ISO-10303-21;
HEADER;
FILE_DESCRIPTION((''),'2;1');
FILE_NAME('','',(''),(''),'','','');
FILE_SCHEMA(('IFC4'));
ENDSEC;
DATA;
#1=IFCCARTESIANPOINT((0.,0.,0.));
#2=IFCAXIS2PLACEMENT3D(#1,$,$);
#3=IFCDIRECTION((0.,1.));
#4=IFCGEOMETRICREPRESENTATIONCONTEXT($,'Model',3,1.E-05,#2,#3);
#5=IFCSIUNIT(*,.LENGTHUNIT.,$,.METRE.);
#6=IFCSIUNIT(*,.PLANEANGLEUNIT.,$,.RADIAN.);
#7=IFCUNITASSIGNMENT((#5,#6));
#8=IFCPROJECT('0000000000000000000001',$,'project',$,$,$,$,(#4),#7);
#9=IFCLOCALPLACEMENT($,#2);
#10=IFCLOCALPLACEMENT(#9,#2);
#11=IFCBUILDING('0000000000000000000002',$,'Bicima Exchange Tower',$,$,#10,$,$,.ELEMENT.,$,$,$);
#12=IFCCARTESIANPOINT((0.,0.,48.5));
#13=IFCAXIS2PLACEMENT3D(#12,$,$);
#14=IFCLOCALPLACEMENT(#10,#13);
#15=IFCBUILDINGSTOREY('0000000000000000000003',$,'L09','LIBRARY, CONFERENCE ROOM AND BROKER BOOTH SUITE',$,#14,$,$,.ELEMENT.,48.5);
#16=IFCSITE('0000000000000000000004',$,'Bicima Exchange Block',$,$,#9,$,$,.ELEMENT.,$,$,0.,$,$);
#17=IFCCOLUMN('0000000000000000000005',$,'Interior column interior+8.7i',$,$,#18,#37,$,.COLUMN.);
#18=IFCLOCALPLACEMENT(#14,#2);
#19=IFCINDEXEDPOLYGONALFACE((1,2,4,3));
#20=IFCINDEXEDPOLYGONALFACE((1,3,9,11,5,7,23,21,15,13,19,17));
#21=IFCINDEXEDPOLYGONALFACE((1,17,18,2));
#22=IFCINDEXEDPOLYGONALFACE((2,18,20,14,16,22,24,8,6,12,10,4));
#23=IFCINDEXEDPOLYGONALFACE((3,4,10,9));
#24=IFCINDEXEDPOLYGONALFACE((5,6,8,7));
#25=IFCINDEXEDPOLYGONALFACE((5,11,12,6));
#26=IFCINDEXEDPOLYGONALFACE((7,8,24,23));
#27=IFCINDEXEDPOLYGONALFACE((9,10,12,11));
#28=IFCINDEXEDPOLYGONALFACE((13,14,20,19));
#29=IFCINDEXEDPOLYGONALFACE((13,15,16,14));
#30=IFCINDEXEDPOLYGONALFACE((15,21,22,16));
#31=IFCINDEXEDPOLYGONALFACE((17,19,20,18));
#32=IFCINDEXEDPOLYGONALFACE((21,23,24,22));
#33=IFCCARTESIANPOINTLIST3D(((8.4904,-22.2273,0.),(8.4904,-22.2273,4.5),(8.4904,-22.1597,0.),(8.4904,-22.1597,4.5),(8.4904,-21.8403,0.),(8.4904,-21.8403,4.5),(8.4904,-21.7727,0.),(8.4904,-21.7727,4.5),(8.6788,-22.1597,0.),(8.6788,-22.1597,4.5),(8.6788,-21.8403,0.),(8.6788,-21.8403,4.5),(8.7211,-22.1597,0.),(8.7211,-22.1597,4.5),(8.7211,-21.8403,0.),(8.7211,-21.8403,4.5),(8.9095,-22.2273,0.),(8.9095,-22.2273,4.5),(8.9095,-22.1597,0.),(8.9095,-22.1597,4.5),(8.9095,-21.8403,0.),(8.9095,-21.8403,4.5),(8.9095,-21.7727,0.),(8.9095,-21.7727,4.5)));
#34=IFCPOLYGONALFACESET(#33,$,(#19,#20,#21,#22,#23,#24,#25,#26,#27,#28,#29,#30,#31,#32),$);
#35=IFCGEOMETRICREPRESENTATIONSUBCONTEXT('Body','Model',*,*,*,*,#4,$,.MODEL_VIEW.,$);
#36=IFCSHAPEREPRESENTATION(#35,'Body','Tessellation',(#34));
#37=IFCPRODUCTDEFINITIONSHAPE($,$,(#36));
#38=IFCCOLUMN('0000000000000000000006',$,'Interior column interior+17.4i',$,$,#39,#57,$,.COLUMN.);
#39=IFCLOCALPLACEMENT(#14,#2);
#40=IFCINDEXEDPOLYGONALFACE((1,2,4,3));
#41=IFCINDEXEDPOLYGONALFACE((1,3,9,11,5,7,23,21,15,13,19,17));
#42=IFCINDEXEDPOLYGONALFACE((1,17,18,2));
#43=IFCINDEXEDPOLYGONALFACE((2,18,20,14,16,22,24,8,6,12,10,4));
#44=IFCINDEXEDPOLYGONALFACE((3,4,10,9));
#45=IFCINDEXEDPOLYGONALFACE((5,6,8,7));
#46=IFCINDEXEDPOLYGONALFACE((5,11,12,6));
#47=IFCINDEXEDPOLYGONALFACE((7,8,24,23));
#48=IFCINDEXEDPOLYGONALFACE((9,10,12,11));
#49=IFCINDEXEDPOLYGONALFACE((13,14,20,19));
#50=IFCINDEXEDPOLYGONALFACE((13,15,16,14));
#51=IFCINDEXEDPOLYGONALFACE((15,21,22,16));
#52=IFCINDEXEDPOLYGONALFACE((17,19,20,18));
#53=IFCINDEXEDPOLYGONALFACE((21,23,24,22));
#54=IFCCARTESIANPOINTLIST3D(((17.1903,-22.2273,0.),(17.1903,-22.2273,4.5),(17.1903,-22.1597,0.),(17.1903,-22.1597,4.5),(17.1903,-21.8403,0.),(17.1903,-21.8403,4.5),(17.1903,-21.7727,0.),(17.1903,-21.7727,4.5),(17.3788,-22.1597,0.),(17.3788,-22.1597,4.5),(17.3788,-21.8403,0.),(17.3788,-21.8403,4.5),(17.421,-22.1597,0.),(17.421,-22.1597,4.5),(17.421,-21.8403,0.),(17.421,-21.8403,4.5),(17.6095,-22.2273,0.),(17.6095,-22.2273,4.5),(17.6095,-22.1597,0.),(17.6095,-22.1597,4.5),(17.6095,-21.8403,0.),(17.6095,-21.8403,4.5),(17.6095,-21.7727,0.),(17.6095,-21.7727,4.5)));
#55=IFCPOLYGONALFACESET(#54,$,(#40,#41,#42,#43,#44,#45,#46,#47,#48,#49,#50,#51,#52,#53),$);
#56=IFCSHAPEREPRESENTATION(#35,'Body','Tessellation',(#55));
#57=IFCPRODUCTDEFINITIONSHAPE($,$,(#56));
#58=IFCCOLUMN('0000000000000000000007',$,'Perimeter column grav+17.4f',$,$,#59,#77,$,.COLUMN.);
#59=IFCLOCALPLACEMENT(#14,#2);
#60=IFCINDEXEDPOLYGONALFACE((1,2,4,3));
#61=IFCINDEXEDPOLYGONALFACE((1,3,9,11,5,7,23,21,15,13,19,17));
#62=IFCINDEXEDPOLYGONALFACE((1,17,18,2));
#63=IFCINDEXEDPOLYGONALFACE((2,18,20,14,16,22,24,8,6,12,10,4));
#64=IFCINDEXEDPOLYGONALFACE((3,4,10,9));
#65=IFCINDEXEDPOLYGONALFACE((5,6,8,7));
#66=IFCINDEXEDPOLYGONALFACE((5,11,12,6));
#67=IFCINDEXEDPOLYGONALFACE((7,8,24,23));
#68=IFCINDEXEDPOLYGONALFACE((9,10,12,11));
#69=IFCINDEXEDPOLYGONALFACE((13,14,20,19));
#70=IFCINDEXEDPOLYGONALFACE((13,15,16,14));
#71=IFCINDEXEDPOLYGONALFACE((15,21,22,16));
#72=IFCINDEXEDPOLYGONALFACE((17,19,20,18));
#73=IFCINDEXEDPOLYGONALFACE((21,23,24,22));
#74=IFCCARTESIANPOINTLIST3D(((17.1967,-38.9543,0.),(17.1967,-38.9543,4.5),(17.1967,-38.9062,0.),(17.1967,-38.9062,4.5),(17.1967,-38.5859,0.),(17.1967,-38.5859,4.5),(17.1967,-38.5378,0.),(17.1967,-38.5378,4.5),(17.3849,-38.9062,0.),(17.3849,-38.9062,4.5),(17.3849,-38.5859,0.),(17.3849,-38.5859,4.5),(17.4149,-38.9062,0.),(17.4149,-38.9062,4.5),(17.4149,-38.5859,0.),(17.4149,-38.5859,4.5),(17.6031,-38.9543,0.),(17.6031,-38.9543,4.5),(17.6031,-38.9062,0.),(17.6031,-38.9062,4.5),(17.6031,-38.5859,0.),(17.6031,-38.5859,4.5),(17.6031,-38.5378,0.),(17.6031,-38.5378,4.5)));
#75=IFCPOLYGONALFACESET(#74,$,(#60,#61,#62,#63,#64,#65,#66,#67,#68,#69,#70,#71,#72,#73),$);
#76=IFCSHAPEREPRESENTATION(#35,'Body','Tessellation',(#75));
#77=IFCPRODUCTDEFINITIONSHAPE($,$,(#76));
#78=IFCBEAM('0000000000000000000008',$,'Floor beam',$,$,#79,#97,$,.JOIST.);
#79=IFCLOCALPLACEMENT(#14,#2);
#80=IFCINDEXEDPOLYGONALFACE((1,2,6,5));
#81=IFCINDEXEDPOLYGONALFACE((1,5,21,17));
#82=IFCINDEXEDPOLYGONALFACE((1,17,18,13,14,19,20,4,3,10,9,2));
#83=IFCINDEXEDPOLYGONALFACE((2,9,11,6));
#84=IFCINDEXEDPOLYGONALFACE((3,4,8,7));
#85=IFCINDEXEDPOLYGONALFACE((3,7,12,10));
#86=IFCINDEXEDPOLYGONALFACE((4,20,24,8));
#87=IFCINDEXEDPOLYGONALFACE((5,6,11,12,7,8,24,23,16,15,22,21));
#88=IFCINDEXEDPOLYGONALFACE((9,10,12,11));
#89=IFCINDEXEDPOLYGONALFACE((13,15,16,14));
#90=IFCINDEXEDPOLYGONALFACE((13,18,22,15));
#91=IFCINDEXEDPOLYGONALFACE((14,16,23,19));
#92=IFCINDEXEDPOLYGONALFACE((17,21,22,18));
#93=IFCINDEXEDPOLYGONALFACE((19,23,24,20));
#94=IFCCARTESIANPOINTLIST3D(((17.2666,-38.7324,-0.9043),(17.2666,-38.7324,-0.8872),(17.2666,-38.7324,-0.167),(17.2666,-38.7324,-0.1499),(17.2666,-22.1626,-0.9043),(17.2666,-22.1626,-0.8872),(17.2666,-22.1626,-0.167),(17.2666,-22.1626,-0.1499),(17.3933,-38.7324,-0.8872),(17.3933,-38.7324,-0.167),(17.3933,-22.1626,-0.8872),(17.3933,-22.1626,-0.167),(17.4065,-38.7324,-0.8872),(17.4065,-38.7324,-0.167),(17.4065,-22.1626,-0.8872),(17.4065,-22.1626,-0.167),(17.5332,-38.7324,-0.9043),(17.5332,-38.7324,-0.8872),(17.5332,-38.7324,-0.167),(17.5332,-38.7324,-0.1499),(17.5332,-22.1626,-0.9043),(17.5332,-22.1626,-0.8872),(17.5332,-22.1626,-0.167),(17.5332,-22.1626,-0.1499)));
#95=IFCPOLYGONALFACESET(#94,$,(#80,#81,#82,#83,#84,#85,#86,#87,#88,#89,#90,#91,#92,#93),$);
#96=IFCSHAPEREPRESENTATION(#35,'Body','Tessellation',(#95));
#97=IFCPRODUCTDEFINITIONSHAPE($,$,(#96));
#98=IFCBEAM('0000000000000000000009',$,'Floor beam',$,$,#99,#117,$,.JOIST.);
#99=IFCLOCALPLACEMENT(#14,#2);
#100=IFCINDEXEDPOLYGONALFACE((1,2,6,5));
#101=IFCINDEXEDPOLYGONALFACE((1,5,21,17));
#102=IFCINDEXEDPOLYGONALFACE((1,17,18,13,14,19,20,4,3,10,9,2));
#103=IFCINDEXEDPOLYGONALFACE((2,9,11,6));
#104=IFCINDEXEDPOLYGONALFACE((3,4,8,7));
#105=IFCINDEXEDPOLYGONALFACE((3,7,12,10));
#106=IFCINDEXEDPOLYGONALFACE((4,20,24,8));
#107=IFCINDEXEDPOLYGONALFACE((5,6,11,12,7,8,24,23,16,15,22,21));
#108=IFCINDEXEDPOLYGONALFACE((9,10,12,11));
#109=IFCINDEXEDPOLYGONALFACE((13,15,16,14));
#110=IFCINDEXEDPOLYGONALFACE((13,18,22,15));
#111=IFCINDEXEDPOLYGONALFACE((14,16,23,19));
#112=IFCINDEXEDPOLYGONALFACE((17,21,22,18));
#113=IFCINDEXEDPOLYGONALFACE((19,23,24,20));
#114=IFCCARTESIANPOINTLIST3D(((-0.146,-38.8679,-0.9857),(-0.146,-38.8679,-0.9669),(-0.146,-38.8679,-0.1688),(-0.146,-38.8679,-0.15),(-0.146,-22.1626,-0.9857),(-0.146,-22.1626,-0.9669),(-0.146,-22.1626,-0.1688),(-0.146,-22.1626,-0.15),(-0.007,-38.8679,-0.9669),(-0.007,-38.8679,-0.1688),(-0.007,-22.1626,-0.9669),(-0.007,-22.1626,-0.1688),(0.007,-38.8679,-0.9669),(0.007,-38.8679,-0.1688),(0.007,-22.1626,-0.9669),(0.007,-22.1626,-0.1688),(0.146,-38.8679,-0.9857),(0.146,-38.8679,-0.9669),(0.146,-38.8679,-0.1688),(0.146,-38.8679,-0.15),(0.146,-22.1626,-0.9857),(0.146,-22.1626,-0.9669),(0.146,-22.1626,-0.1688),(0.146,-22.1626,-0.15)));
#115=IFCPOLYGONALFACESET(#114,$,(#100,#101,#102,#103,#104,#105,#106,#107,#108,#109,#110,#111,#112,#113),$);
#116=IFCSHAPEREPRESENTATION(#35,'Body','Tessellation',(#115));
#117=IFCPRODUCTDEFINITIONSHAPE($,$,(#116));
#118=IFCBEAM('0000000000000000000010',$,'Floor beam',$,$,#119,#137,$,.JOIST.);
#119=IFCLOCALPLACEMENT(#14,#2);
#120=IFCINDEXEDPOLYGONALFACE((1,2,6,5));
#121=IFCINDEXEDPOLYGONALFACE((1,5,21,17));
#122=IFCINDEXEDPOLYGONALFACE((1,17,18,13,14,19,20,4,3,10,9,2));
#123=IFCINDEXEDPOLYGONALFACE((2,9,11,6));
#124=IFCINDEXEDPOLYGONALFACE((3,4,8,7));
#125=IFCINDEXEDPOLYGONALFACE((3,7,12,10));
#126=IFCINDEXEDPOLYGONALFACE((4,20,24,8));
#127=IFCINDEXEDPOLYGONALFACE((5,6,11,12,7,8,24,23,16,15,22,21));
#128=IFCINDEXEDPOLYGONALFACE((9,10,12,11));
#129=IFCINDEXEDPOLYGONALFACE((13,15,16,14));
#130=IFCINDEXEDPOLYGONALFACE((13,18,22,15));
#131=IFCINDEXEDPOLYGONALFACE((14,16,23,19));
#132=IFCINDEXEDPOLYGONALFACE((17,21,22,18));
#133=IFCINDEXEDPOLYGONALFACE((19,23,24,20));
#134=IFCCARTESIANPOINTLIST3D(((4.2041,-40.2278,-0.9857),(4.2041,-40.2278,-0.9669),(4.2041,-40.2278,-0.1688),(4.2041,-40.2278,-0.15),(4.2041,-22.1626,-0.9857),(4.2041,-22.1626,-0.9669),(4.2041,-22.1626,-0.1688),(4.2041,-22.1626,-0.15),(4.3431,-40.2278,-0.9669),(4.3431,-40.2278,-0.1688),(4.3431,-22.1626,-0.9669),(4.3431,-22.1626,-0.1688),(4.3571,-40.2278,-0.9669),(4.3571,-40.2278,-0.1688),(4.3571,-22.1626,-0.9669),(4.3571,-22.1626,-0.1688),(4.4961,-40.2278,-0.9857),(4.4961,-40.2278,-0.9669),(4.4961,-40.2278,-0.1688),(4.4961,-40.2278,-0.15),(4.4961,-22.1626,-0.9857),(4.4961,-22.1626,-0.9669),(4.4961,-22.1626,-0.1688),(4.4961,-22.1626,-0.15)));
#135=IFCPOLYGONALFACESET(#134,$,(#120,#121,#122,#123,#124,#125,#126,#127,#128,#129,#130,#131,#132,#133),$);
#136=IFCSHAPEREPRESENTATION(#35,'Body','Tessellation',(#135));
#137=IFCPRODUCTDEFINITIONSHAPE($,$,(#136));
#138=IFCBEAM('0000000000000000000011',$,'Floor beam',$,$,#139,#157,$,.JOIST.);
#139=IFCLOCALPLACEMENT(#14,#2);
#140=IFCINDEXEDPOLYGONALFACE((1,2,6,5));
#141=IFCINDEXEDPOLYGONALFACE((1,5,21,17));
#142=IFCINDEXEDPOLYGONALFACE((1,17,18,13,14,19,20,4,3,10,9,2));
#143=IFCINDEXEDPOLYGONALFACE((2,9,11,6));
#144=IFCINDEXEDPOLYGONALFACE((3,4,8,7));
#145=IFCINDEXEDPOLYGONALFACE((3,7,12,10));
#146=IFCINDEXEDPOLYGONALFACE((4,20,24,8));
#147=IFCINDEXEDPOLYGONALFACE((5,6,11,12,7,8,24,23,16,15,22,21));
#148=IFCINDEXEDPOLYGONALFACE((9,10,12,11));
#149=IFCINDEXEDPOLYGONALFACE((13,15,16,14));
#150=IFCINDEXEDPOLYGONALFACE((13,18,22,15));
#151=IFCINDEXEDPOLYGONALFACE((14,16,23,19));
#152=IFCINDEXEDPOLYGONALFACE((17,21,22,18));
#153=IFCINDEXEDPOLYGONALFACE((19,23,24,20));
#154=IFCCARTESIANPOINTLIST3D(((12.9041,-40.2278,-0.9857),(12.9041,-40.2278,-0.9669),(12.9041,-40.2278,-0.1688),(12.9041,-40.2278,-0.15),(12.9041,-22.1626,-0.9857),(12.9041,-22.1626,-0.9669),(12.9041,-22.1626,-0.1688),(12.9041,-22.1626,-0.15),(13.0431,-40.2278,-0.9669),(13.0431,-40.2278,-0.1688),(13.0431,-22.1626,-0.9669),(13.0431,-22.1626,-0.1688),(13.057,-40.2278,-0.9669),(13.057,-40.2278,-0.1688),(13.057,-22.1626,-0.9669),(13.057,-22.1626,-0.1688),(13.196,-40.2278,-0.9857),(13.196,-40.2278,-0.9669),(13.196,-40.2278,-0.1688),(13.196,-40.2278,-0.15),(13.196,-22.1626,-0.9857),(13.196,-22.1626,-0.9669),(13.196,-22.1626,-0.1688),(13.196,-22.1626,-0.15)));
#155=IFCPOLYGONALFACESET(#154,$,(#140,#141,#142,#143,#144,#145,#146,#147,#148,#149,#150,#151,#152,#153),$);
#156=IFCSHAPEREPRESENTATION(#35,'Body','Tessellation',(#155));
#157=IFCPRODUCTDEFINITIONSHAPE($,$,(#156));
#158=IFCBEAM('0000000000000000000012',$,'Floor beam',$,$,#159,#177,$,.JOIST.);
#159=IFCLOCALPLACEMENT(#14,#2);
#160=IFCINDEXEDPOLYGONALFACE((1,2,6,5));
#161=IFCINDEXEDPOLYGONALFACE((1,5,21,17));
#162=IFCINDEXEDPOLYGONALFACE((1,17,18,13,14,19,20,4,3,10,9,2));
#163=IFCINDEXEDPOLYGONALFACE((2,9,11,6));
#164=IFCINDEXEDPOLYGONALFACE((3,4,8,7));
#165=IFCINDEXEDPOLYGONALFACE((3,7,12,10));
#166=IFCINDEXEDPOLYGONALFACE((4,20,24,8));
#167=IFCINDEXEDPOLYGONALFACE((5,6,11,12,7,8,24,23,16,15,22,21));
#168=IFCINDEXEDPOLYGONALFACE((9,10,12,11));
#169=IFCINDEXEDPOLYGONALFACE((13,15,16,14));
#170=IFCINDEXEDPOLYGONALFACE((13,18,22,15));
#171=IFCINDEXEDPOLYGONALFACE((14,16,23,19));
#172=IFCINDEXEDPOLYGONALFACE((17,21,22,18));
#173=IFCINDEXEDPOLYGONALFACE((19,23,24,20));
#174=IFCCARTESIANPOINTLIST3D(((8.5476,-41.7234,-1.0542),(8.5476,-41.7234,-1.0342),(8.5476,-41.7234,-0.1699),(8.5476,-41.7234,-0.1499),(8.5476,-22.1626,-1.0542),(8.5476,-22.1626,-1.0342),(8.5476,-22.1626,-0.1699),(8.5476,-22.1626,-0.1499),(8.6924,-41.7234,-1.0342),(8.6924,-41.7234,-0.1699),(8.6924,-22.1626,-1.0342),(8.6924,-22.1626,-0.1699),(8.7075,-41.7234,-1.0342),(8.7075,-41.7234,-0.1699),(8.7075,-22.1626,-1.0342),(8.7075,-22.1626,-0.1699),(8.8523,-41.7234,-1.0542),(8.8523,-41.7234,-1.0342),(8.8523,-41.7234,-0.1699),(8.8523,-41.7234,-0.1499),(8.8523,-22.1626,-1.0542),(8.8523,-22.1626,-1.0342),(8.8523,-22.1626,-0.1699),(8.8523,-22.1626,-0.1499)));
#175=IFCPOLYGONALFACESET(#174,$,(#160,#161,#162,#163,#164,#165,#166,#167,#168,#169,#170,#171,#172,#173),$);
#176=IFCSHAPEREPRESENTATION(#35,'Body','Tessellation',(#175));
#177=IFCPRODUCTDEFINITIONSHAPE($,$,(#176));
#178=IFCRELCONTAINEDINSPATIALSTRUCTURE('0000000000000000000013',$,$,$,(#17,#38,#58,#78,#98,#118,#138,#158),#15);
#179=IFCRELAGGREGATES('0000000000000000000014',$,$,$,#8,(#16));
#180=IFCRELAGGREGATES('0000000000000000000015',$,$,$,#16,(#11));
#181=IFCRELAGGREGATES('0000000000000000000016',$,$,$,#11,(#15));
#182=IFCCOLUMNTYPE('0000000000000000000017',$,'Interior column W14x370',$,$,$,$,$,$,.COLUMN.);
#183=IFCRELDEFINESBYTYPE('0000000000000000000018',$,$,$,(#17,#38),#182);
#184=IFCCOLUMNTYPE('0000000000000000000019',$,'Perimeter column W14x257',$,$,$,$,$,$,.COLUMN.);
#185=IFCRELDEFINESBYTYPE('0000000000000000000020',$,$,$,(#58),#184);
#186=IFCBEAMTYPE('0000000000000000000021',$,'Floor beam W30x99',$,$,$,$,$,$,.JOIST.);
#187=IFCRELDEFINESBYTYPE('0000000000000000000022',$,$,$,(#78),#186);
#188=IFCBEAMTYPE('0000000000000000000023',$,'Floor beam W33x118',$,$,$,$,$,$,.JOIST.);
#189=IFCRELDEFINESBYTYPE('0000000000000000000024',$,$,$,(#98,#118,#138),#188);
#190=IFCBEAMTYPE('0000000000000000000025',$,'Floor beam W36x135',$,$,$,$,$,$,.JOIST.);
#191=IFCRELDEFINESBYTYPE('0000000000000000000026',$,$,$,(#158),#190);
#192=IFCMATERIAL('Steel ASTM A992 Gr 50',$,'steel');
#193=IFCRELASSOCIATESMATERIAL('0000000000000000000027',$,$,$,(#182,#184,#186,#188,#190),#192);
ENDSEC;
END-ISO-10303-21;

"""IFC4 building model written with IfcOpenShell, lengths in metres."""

from ifc_helpers import new_model, si_unit, direction, frame, origin, origin_2d, place, context, subcontext, project, spatial, i_section, extrude, material, material_profile, profile_set, type_object, element, save


model = new_model("IFC4")

# Units and contexts
model_context = context("Model", 3, precision=1e-05, world=origin(), true_north=direction((0.0, 1.0)))
body_context = subcontext(model_context, "Body", "Model", "MODEL_VIEW")
ifc_project = project(units=[si_unit("LENGTHUNIT", "METRE"), si_unit("PLANEANGLEUNIT", "RADIAN")], contexts=[model_context])

# Site, building, storey
site_placement = place(None, origin())
site = spatial("IfcSite", under=ifc_project, at=site_placement, Name="Bicima Exchange Block", CompositionType="ELEMENT", RefElevation=0.0)
building_placement = place(site_placement, origin())
building = spatial("IfcBuilding", under=site, at=building_placement, Name="Bicima Exchange Tower", CompositionType="ELEMENT")
storey_placement = place(building_placement, frame((0.0, 0.0, 48.5)))
storey = spatial("IfcBuildingStorey", under=building, at=storey_placement, Name="L09", Description="LIBRARY, CONFERENCE ROOM AND BROKER BOOTH SUITE", CompositionType="ELEMENT", Elevation=48.5)

# Columns
ifc_material_1 = material(Name="Steel ASTM A992 Gr 50", Category="steel")
ifc_material_profile_1 = material_profile(ifc_material_1, i_section(OverallWidth=0.4192, OverallDepth=0.4546, WebThickness=0.0422, FlangeThickness=0.0676, at=origin_2d()))
ifc_profile_set_1 = profile_set([ifc_material_profile_1], Name="Steel ASTM A992 Gr 50")
column_type_1 = type_object("IfcColumnType", Name="Interior column W14x370", PredefinedType="COLUMN", material=ifc_profile_set_1)
for number, where, z_axis, x_axis, name in (
    (1, (8.7, -22.0, 0.0), (0.0, 0.0, 1.0), (1.0, 0.0, 0.0), "Interior column interior+8.7i"),
    (2, (17.3999, -22.0, 0.0), (0.0, 0.0, 1.0), (1.0, 0.0, 0.0), "Interior column interior+17.4i"),
):
    element("IfcColumn", number, at=place(storey_placement, frame(where, z_axis=z_axis, x_axis=x_axis)), inside=storey, type_object=column_type_1, Name=name, PredefinedType="COLUMN", context=body_context, shape_type="SweptSolid", body=[
        extrude(i_section(OverallWidth=0.4192, OverallDepth=0.4546, WebThickness=0.0422, FlangeThickness=0.0676, at=origin_2d()), origin(), (0.0, 0.0, 1.0), 4.5),
    ])
ifc_material_profile_2 = material_profile(ifc_material_1, i_section(OverallWidth=0.4065, OverallDepth=0.4165, WebThickness=0.03, FlangeThickness=0.0481, at=origin_2d()))
ifc_profile_set_2 = profile_set([ifc_material_profile_2], Name="Steel ASTM A992 Gr 50")
column_type_2 = type_object("IfcColumnType", Name="Perimeter column W14x257", PredefinedType="COLUMN", material=ifc_profile_set_2)
column_placement = place(storey_placement, frame((17.3999, -38.7461, 0.0), z_axis=(0.0, 0.0, 1.0), x_axis=(1.0, 0.0, 0.0)))
element("IfcColumn", 3, at=column_placement, inside=storey, type_object=column_type_2, Name="Perimeter column grav+17.4f", PredefinedType="COLUMN", context=body_context, shape_type="SweptSolid", body=[
    extrude(i_section(OverallWidth=0.4065, OverallDepth=0.4165, WebThickness=0.03, FlangeThickness=0.0481, at=origin_2d()), origin(), (0.0, 0.0, 1.0), 4.5),
])

# Beams
ifc_material_profile_3 = material_profile(ifc_material_1, i_section(OverallWidth=0.2666, OverallDepth=0.7544, WebThickness=0.0132, FlangeThickness=0.0171, at=origin_2d()))
ifc_profile_set_3 = profile_set([ifc_material_profile_3], Name="Steel ASTM A992 Gr 50")
beam_type_1 = type_object("IfcBeamType", Name="Floor beam W30x99", PredefinedType="JOIST", material=ifc_profile_set_3)
beam_1_placement = place(storey_placement, frame((17.3999, -22.1626, -0.5271), z_axis=(0.0, -1.0, 0.0), x_axis=(1.0, 0.0, 0.0)))
element("IfcBeam", 4, at=beam_1_placement, inside=storey, type_object=beam_type_1, Name="Floor beam", PredefinedType="JOIST", context=body_context, shape_type="SweptSolid", body=[
    extrude(i_section(OverallWidth=0.2666, OverallDepth=0.7544, WebThickness=0.0132, FlangeThickness=0.0171, at=origin_2d()), origin(), (0.0, 0.0, 1.0), 16.5698),
])
ifc_material_profile_4 = material_profile(ifc_material_1, i_section(OverallWidth=0.292, OverallDepth=0.8357, WebThickness=0.0139, FlangeThickness=0.0188, at=origin_2d()))
ifc_profile_set_4 = profile_set([ifc_material_profile_4], Name="Steel ASTM A992 Gr 50")
beam_type_2 = type_object("IfcBeamType", Name="Floor beam W33x118", PredefinedType="JOIST", material=ifc_profile_set_4)
beam_2_placement = place(storey_placement, frame((0.0, -22.1626, -0.5679), z_axis=(0.0, -1.0, 0.0), x_axis=(1.0, 0.0, 0.0)))
element("IfcBeam", 5, at=beam_2_placement, inside=storey, type_object=beam_type_2, Name="Floor beam", PredefinedType="JOIST", context=body_context, shape_type="SweptSolid", body=[
    extrude(i_section(OverallWidth=0.292, OverallDepth=0.8357, WebThickness=0.0139, FlangeThickness=0.0188, at=origin_2d()), origin(), (0.0, 0.0, 1.0), 16.7053),
])
for number, where, z_axis, x_axis, name in (
    (6, (4.3501, -22.1626, -0.5679), (0.0, -1.0, 0.0), (1.0, 0.0, 0.0), "Floor beam"),
    (7, (13.05, -22.1626, -0.5679), (0.0, -1.0, 0.0), (1.0, 0.0, 0.0), "Floor beam"),
):
    element("IfcBeam", number, at=place(storey_placement, frame(where, z_axis=z_axis, x_axis=x_axis)), inside=storey, type_object=beam_type_2, Name=name, PredefinedType="JOIST", context=body_context, shape_type="SweptSolid", body=[
        extrude(i_section(OverallWidth=0.292, OverallDepth=0.8357, WebThickness=0.0139, FlangeThickness=0.0188, at=origin_2d()), origin(), (0.0, 0.0, 1.0), 18.0652),
    ])
ifc_material_profile_5 = material_profile(ifc_material_1, i_section(OverallWidth=0.3047, OverallDepth=0.9043, WebThickness=0.0151, FlangeThickness=0.02, at=origin_2d()))
ifc_profile_set_5 = profile_set([ifc_material_profile_5], Name="Steel ASTM A992 Gr 50")
beam_type_3 = type_object("IfcBeamType", Name="Floor beam W36x135", PredefinedType="JOIST", material=ifc_profile_set_5)
beam_3_placement = place(storey_placement, frame((8.7, -22.1626, -0.6021), z_axis=(0.0, -1.0, 0.0), x_axis=(1.0, 0.0, 0.0)))
element("IfcBeam", 8, at=beam_3_placement, inside=storey, type_object=beam_type_3, Name="Floor beam", PredefinedType="JOIST", context=body_context, shape_type="SweptSolid", body=[
    extrude(i_section(OverallWidth=0.3047, OverallDepth=0.9043, WebThickness=0.0151, FlangeThickness=0.02, at=origin_2d()), origin(), (0.0, 0.0, 1.0), 19.5608),
])

save(model, "model.ifc")
